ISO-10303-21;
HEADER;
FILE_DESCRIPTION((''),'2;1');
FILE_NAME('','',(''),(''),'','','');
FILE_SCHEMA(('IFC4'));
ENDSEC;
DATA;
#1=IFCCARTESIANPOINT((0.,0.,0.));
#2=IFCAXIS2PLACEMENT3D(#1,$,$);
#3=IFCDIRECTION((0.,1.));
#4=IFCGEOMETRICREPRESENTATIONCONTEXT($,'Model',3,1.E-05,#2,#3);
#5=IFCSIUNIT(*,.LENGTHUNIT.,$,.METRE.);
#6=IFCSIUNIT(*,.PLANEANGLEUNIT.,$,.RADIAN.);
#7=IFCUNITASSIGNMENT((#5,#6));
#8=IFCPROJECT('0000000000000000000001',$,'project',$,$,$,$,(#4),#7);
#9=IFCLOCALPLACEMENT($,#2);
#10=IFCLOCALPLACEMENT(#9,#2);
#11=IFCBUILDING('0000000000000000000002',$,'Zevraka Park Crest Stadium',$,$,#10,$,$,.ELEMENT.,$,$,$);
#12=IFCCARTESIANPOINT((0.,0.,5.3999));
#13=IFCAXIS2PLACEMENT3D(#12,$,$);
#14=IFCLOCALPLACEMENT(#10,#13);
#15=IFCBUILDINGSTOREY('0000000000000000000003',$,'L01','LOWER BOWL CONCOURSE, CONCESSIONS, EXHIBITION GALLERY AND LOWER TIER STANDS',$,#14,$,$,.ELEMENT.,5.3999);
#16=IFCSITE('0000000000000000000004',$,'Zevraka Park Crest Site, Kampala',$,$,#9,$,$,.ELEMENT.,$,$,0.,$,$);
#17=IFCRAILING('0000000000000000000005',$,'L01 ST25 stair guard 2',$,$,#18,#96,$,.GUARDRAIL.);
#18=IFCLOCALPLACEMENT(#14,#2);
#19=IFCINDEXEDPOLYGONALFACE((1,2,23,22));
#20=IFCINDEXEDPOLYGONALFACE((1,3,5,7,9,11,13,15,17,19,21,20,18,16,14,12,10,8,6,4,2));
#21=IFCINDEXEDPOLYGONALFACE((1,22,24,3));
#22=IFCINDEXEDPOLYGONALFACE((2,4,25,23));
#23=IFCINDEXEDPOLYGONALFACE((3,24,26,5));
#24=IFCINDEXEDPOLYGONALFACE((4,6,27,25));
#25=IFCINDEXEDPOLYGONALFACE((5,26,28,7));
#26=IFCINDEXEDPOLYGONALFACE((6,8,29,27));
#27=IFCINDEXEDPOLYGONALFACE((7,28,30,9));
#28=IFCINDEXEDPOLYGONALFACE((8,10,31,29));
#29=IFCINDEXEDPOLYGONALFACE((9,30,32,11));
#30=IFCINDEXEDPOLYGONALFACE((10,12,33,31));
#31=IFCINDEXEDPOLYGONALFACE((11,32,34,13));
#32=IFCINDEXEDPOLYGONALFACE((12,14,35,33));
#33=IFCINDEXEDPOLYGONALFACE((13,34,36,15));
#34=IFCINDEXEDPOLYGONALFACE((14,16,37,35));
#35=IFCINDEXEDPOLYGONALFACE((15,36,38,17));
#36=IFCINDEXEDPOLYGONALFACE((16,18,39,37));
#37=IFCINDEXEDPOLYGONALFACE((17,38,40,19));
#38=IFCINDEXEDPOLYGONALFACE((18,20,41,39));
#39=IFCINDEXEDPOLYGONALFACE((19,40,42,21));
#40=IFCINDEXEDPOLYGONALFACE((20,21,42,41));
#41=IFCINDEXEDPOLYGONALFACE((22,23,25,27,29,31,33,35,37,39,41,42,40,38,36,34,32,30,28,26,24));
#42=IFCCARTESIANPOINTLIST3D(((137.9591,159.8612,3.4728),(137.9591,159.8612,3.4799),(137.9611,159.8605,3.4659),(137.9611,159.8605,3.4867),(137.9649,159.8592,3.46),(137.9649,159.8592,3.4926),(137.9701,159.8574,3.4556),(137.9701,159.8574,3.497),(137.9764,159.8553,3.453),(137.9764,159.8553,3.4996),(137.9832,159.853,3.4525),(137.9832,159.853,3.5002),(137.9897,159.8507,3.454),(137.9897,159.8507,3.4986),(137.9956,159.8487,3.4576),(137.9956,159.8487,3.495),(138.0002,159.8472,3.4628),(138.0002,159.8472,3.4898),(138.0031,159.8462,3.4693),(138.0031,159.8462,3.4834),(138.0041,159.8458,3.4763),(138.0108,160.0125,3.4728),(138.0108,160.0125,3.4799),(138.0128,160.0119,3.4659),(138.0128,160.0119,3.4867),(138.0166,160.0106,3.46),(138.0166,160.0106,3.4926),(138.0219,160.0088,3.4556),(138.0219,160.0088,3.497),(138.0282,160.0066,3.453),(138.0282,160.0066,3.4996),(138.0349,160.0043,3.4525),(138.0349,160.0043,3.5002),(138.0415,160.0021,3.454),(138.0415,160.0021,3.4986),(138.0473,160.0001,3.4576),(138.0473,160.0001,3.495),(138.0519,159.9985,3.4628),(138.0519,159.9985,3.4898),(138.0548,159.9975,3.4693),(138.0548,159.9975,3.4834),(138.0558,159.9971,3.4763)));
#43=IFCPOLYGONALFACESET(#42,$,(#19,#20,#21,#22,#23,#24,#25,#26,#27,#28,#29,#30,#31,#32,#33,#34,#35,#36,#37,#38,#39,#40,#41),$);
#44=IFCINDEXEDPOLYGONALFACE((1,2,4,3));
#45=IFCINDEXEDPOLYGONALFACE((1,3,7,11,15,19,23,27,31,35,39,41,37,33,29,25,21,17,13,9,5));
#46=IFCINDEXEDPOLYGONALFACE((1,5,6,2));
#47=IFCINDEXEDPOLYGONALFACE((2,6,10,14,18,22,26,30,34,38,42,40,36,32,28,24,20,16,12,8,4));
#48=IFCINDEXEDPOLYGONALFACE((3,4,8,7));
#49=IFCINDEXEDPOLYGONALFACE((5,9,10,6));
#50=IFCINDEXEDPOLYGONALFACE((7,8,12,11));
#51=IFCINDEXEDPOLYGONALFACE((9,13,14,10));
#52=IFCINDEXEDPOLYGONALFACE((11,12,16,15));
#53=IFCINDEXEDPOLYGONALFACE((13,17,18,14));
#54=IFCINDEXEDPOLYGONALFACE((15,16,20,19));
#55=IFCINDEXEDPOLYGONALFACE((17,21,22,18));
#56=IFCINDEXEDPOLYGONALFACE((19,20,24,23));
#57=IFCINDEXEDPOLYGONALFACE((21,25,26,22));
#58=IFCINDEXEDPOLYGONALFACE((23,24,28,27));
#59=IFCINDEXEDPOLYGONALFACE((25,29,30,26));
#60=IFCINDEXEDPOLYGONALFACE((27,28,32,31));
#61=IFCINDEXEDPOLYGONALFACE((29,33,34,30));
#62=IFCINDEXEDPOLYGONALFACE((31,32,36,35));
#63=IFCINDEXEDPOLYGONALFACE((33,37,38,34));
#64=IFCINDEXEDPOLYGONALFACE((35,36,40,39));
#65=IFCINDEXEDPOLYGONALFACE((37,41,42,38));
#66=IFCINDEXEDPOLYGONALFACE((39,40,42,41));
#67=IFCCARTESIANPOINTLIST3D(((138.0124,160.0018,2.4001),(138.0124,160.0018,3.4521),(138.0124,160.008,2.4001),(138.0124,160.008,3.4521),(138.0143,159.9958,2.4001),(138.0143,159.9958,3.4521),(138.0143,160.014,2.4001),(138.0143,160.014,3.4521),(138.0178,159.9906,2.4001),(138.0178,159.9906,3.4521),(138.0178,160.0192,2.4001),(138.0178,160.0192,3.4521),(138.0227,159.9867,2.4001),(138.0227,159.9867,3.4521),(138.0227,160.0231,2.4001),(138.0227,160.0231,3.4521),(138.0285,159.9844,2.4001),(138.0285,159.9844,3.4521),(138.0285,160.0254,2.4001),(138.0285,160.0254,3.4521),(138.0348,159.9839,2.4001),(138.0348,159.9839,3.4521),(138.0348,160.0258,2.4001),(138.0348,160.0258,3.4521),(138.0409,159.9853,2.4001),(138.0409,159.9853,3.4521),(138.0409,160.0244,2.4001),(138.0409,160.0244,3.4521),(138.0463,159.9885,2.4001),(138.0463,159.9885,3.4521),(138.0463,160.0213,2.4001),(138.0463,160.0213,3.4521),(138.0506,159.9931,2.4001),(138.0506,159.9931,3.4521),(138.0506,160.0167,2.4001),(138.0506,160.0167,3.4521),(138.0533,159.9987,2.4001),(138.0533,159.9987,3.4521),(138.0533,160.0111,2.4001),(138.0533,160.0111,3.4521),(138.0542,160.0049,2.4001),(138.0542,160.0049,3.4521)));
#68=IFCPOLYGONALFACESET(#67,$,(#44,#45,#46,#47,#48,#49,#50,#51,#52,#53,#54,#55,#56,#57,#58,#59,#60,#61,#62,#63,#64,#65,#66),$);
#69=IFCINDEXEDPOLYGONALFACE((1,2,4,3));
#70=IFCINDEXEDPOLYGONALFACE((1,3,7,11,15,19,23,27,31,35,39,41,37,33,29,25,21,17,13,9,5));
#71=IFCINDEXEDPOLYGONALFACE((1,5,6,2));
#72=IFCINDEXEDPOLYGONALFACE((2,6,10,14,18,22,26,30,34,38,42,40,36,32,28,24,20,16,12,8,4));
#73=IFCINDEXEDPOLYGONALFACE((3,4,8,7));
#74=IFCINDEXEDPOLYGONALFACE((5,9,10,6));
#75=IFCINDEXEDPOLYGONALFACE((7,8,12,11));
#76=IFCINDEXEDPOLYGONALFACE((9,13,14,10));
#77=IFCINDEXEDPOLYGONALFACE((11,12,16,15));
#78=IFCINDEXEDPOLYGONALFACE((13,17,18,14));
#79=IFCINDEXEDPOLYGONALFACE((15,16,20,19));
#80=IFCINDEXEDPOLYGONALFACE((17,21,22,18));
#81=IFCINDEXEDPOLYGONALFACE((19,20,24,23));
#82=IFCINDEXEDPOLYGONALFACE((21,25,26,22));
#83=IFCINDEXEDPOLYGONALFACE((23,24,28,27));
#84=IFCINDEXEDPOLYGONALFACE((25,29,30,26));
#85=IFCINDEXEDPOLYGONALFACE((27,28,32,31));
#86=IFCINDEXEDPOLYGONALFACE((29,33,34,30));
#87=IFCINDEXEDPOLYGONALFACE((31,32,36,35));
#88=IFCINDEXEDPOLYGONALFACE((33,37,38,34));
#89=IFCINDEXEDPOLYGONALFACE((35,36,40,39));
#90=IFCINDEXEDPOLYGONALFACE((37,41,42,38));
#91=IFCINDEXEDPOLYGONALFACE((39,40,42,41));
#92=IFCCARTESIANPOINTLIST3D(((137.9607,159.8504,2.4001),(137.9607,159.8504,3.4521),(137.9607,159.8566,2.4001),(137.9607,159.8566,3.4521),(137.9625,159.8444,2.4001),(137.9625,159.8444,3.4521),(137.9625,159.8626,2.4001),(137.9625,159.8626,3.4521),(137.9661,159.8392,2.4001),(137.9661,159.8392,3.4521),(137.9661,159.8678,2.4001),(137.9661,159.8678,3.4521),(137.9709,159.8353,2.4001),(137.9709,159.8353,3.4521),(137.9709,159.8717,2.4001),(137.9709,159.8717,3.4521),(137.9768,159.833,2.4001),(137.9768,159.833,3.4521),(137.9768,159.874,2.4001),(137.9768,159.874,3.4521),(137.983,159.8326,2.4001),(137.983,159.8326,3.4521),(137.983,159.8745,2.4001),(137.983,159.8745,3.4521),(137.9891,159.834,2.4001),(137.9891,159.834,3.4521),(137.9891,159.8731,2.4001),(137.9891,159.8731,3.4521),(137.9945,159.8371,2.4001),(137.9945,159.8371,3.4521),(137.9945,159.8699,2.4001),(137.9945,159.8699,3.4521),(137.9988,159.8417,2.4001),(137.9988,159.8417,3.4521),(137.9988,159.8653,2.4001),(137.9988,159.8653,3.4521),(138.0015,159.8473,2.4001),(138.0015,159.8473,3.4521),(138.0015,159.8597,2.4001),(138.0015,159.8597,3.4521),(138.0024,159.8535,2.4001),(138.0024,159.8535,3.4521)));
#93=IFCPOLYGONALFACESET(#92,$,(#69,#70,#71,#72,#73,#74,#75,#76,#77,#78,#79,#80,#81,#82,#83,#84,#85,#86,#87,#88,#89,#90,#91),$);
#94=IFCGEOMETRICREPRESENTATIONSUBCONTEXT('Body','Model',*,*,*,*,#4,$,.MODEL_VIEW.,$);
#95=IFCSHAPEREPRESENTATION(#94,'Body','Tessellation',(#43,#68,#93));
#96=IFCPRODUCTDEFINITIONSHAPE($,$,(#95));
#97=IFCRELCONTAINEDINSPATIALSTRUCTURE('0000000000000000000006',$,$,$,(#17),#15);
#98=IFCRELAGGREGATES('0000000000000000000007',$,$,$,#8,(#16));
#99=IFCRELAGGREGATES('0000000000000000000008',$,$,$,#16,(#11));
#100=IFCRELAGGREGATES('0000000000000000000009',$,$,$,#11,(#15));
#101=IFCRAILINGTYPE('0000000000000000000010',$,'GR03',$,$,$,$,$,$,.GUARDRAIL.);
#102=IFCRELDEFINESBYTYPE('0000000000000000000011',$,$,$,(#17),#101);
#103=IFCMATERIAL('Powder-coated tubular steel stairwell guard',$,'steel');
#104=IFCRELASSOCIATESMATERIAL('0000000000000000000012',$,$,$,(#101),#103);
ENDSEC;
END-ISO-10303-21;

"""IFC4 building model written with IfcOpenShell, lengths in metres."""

from ifc_helpers import new_model, si_unit, direction, frame, origin, origin_2d, place, context, subcontext, project, spatial, circle, extrude, material, type_object, element, save


model = new_model("IFC4")

# Units and contexts
model_context = context("Model", 3, precision=1e-05, world=origin(), true_north=direction((0.0, 1.0)))
body_context = subcontext(model_context, "Body", "Model", "MODEL_VIEW")
ifc_project = project(units=[si_unit("LENGTHUNIT", "METRE"), si_unit("PLANEANGLEUNIT", "RADIAN")], contexts=[model_context])

# Site, building, storey
site_placement = place(None, origin())
site = spatial("IfcSite", under=ifc_project, at=site_placement, Name="Zevraka Park Crest Site, Kampala", CompositionType="ELEMENT", RefElevation=0.0)
building_placement = place(site_placement, origin())
building = spatial("IfcBuilding", under=site, at=building_placement, Name="Zevraka Park Crest Stadium", CompositionType="ELEMENT")
storey_placement = place(building_placement, frame((0.0, 0.0, 5.3999)))
storey = spatial("IfcBuildingStorey", under=building, at=storey_placement, Name="L01", Description="LOWER BOWL CONCOURSE, CONCESSIONS, EXHIBITION GALLERY AND LOWER TIER STANDS", CompositionType="ELEMENT", Elevation=5.3999)

# Railing
ifc_material_1 = material(Name="Powder-coated tubular steel stairwell guard", Category="steel")
railing_type_1 = type_object("IfcRailingType", Name="GR03", PredefinedType="GUARDRAIL", material=ifc_material_1)
railing_1_placement = place(storey_placement, frame((138.0332, 160.0049, 2.4001)))
element("IfcRailing", 1, at=railing_1_placement, inside=storey, type_object=railing_type_1, Name="L01 ST25 stair guard 2", PredefinedType="GUARDRAIL", context=body_context, shape_type="SweptSolid", body=[
    extrude(circle(Radius=0.0239, at=origin_2d()), frame((0.0, 0.0, 1.0762), z_axis=(-0.323544, -0.946213, 0.0), x_axis=(0.946213, -0.323544, 0.0)), (0.0, 0.0, 1.0), 0.1599),
    extrude(circle(Radius=0.021, at=origin_2d()), origin(), (0.0, 0.0, 1.0), 1.052),
    extrude(circle(Radius=0.021, at=origin_2d()), frame((-0.0518, -0.1514, 0.0)), (0.0, 0.0, 1.0), 1.052),
])

save(model, "model.ifc")
